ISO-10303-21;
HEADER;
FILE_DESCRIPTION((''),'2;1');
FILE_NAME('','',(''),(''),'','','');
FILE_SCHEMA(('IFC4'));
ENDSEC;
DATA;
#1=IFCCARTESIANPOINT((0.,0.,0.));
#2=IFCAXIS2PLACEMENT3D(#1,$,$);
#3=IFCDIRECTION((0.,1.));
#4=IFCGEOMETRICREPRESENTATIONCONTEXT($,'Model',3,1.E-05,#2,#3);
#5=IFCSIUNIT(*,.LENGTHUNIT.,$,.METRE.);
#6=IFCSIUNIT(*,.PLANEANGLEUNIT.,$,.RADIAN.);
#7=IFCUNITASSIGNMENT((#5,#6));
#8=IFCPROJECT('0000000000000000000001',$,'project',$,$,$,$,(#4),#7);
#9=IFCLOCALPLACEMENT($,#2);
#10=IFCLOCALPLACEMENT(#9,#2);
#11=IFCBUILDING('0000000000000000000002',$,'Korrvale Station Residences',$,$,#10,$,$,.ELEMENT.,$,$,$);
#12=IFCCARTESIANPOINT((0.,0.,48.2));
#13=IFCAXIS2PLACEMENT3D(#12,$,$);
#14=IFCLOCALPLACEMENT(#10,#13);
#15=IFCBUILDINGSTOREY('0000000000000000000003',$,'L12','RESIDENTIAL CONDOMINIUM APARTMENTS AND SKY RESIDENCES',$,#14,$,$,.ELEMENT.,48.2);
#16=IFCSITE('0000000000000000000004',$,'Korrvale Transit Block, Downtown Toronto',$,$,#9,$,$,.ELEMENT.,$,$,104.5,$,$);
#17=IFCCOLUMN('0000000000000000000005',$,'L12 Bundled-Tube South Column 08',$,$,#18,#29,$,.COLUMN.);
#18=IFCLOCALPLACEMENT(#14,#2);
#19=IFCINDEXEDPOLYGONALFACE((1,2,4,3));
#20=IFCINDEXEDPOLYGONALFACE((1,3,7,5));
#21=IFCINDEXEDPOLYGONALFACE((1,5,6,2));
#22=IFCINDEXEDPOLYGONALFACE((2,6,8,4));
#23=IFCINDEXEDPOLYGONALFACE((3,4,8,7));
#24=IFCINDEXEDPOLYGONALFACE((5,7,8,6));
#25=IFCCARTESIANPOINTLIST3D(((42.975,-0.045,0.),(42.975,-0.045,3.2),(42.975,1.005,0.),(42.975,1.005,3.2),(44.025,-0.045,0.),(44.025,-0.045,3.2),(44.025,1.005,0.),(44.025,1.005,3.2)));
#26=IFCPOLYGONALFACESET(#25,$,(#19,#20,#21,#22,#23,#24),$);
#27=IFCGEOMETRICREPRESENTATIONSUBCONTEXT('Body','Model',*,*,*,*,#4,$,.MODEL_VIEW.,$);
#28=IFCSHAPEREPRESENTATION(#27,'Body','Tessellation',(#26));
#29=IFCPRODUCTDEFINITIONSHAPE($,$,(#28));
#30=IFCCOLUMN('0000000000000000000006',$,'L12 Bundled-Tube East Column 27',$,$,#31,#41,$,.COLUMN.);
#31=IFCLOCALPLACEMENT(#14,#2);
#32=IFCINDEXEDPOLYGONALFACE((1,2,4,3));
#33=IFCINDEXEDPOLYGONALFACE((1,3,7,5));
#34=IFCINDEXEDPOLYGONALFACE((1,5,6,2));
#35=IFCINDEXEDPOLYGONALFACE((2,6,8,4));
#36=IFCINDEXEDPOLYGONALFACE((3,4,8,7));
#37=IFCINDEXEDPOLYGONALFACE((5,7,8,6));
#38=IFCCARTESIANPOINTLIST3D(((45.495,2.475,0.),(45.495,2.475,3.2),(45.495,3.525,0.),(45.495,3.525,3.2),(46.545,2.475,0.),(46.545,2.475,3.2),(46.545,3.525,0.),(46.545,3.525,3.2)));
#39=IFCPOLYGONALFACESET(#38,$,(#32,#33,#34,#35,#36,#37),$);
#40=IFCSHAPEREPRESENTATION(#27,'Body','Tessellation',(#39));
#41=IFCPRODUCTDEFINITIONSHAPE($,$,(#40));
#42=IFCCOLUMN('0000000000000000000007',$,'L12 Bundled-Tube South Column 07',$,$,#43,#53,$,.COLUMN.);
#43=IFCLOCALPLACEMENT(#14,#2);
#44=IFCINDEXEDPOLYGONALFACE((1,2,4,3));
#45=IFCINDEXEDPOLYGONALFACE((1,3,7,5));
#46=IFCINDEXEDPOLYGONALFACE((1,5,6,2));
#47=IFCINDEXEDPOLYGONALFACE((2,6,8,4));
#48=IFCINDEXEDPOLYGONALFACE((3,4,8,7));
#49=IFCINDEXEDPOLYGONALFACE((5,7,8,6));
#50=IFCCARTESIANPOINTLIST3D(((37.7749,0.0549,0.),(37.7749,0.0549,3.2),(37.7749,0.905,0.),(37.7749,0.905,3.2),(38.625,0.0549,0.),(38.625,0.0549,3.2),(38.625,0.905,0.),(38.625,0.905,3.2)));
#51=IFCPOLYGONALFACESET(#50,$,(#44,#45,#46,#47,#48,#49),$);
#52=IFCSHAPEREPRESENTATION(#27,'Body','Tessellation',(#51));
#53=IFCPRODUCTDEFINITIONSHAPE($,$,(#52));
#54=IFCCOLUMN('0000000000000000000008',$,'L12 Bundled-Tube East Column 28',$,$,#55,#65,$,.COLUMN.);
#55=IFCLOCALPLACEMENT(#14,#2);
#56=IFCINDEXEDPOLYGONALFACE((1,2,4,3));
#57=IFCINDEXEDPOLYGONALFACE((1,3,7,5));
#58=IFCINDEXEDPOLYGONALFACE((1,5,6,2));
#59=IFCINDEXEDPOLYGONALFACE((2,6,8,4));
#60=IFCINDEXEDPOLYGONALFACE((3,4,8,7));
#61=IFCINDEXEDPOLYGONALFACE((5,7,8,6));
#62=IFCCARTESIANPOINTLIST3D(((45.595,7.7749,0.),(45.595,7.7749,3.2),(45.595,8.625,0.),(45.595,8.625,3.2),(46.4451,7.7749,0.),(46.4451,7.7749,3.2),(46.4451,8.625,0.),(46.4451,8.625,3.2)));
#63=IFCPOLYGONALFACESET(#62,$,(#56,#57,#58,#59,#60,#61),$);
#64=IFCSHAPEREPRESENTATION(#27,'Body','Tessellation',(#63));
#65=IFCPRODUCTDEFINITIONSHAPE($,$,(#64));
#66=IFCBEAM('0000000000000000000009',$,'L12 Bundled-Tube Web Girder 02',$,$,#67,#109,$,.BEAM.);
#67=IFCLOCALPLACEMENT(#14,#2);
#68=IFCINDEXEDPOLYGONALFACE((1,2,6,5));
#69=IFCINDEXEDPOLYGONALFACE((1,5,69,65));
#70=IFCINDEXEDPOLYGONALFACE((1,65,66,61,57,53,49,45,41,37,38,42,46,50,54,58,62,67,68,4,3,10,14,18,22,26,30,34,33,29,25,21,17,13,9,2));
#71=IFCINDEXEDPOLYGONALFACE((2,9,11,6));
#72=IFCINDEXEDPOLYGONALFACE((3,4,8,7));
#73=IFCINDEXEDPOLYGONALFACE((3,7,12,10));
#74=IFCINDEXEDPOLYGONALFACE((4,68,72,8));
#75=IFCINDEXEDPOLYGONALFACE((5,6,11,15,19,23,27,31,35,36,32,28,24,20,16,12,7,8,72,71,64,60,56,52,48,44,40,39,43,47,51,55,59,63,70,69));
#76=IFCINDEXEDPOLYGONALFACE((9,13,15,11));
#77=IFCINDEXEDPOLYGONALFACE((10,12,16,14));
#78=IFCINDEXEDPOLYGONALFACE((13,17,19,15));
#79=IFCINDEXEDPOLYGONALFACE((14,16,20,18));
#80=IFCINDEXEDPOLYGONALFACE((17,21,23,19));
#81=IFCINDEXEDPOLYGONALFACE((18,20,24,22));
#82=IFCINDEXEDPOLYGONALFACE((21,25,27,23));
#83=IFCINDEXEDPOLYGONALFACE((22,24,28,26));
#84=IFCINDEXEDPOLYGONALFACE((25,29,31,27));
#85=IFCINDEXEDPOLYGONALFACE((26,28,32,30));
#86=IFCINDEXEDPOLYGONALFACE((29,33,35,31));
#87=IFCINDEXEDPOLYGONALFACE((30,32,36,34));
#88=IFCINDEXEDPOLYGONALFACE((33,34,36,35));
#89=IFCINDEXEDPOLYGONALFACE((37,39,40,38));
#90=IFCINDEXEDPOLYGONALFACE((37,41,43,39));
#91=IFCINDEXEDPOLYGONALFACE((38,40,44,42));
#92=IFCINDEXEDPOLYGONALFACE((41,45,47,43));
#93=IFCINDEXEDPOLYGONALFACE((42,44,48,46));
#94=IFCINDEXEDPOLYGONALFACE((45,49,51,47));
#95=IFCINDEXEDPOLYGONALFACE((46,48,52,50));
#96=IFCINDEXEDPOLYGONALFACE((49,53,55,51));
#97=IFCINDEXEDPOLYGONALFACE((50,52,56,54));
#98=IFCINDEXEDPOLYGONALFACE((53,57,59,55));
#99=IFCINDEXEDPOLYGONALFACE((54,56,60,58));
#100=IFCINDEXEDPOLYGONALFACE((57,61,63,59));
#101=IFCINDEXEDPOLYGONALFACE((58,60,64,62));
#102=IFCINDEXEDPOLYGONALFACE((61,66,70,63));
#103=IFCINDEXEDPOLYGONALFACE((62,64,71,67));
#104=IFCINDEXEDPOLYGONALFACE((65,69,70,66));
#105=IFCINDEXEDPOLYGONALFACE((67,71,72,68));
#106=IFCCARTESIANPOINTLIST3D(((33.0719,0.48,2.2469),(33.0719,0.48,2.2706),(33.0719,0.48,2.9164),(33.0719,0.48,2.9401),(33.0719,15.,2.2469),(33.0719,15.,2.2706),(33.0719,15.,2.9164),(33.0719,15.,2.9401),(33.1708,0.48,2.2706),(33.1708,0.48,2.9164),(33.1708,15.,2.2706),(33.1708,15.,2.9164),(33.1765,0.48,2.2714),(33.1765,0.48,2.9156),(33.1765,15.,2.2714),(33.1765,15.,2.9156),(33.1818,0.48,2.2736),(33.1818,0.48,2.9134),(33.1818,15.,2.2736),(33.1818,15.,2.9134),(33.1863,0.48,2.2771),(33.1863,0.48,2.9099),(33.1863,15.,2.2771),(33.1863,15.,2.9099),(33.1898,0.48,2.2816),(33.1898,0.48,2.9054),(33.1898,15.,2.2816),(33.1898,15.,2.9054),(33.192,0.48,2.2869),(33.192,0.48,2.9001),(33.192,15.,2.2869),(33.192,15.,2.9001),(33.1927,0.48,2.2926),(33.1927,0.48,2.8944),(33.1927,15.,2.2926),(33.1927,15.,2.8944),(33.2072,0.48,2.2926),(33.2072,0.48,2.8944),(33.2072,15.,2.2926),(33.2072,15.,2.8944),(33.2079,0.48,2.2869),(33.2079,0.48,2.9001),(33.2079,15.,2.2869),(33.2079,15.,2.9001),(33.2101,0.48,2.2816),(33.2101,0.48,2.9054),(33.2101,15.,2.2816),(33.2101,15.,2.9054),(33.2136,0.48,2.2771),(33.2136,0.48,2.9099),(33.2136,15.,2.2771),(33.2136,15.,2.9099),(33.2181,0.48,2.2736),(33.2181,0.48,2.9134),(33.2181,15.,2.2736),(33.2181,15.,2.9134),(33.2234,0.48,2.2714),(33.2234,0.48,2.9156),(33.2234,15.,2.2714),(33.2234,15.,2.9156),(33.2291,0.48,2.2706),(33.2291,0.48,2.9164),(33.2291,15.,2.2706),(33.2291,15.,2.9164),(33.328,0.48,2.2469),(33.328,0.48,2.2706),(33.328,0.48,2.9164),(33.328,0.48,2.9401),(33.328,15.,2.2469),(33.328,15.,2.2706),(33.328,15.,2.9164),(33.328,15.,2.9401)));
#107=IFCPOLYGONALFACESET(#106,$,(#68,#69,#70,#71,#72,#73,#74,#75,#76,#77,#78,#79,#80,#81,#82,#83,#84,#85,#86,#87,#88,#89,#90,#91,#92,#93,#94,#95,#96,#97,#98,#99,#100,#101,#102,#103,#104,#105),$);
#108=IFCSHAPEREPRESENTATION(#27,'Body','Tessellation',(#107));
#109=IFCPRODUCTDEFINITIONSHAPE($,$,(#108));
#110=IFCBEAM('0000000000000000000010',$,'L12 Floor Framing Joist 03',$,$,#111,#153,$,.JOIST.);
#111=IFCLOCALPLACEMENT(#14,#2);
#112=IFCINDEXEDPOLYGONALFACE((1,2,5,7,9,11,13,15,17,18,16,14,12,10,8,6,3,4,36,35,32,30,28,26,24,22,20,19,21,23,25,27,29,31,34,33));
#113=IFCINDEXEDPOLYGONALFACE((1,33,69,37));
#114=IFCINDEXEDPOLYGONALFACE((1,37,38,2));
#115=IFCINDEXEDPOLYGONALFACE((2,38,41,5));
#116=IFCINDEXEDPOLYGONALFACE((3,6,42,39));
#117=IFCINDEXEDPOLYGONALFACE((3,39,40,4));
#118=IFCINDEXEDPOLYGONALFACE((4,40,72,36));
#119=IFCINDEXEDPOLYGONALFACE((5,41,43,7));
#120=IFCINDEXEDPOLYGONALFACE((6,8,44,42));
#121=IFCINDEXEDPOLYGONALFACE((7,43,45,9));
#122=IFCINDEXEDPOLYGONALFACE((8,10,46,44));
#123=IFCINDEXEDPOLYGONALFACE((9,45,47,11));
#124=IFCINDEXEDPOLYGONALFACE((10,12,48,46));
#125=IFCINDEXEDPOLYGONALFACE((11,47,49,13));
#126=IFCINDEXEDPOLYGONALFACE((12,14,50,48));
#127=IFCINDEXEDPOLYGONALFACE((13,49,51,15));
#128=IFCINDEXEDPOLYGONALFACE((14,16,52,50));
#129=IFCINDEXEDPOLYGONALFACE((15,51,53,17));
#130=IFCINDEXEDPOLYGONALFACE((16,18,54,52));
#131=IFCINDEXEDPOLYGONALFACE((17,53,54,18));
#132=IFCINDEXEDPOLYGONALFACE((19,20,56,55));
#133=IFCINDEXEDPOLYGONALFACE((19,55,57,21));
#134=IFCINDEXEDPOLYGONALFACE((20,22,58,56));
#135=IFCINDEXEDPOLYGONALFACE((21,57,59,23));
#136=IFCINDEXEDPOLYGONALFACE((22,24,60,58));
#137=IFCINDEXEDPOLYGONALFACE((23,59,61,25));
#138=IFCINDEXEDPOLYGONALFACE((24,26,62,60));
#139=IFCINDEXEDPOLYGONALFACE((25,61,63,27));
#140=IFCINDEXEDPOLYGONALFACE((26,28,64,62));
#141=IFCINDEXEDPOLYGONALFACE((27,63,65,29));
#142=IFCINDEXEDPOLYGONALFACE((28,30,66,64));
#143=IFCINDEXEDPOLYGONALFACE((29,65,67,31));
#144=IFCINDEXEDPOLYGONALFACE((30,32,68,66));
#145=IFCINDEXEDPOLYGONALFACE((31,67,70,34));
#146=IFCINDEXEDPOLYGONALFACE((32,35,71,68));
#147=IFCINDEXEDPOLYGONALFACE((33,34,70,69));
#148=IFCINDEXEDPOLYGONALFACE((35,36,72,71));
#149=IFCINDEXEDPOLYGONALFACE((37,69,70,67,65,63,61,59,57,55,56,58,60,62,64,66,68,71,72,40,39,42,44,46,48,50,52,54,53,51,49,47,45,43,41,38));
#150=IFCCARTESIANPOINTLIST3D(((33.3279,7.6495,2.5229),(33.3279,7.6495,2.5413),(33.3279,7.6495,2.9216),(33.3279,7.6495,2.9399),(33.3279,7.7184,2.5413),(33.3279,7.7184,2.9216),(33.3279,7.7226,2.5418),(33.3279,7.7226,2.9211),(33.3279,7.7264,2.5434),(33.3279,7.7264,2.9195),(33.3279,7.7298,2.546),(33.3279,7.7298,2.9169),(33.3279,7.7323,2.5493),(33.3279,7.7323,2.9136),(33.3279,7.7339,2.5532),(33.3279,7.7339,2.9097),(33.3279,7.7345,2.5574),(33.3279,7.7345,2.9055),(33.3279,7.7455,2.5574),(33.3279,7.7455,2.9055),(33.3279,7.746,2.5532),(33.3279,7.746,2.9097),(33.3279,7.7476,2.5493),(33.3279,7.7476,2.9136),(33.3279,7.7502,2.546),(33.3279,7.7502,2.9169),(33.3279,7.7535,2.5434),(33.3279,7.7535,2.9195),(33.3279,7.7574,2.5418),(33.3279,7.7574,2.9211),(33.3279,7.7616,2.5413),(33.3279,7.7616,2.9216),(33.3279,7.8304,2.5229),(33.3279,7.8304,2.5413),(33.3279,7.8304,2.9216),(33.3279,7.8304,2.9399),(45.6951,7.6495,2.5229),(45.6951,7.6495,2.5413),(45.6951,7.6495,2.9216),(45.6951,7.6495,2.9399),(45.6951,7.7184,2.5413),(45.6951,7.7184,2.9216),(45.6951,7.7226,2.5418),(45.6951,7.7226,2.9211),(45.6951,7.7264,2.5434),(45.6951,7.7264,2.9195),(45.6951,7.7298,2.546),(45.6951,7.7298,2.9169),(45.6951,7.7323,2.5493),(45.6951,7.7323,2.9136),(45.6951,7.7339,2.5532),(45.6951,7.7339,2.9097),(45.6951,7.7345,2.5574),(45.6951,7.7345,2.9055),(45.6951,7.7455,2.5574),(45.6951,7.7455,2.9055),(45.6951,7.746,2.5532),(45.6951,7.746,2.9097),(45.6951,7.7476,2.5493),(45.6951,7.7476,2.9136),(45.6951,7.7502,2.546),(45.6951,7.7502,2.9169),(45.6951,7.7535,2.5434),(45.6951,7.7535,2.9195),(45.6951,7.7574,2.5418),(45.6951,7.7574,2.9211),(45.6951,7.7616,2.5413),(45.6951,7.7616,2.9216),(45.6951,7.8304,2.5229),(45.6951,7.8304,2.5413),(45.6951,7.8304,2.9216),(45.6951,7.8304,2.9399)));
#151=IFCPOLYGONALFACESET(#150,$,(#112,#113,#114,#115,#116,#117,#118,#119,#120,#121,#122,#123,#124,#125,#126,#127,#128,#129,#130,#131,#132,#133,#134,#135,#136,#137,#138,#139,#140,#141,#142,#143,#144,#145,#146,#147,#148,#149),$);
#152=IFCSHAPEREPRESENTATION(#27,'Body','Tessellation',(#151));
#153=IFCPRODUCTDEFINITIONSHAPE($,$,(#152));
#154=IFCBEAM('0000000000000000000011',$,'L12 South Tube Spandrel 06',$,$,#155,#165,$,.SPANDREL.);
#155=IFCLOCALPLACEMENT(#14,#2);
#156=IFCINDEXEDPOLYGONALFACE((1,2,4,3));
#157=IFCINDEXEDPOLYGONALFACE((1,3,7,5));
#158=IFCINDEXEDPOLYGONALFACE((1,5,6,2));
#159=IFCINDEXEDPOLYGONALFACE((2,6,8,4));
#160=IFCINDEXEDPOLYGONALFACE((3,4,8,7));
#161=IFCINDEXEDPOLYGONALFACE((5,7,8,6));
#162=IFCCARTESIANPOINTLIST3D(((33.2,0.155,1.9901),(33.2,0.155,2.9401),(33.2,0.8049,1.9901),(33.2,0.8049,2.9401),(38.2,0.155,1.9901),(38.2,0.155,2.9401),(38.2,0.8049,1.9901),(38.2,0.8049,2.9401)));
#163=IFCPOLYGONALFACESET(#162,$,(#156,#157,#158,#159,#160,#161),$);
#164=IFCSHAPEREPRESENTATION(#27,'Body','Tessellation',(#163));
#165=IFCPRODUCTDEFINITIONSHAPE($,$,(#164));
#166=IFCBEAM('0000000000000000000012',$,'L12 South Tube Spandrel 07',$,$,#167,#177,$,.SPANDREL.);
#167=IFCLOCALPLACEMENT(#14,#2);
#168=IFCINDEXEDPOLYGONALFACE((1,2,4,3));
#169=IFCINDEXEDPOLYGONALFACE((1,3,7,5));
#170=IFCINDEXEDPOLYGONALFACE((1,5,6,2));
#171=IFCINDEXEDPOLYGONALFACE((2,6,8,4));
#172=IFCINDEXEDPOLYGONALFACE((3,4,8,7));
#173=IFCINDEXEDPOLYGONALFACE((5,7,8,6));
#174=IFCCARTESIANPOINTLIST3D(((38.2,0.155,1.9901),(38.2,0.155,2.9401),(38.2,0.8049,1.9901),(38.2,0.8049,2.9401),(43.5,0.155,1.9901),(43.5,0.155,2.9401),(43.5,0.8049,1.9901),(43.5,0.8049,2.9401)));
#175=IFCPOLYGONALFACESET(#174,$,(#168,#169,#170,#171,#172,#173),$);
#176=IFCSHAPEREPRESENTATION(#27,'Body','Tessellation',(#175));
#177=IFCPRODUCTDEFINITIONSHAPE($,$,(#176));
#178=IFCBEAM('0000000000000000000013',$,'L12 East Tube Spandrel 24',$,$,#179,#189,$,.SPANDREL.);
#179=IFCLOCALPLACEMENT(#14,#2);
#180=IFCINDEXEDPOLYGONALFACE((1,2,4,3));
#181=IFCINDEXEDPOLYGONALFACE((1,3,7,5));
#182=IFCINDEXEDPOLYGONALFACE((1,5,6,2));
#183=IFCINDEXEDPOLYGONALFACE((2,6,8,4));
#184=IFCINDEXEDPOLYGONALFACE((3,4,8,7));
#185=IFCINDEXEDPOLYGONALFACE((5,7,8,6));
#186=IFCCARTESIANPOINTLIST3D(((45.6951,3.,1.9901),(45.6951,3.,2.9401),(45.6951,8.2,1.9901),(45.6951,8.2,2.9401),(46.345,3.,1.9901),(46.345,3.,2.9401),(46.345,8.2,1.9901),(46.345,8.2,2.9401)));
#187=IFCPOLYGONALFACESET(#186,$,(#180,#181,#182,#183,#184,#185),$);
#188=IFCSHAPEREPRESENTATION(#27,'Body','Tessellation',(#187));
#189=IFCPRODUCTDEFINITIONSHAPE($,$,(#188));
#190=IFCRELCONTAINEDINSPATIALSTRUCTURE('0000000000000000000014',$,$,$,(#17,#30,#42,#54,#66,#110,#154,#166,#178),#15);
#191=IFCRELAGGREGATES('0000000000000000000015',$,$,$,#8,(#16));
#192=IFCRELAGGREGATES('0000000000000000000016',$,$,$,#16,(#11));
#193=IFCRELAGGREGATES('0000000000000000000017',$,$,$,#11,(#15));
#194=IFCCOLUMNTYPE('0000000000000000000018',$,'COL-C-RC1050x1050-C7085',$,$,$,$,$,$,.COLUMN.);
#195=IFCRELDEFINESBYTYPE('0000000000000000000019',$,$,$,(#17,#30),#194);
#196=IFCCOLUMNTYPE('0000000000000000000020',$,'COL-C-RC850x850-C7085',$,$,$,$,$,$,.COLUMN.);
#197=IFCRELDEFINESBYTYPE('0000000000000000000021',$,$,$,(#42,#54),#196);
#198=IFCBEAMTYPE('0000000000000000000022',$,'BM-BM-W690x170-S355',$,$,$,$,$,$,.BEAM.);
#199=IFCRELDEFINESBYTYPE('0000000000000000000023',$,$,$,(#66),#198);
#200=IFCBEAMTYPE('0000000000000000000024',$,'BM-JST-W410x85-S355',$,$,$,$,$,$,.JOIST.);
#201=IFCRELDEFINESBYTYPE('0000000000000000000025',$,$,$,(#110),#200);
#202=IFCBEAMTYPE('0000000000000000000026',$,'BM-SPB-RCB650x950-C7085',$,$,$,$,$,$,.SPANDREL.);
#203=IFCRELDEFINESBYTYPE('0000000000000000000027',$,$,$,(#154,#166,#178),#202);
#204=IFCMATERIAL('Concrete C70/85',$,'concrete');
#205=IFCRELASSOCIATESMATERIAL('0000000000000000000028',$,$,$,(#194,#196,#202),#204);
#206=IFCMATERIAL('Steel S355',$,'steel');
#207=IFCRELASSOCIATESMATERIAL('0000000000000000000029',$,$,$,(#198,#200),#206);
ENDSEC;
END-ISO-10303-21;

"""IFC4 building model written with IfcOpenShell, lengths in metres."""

from ifc_helpers import new_model, si_unit, direction, frame, origin, origin_2d, place, context, subcontext, project, spatial, rectangle, i_section, extrude, material, material_profile, profile_set, type_object, element, save


model = new_model("IFC4")

# Units and contexts
model_context = context("Model", 3, precision=1e-05, world=origin(), true_north=direction((0.0, 1.0)))
body_context = subcontext(model_context, "Body", "Model", "MODEL_VIEW")
ifc_project = project(units=[si_unit("LENGTHUNIT", "METRE"), si_unit("PLANEANGLEUNIT", "RADIAN")], contexts=[model_context])

# Site, building, storey
site_placement = place(None, origin())
site = spatial("IfcSite", under=ifc_project, at=site_placement, Name="Korrvale Transit Block, Downtown Toronto", CompositionType="ELEMENT", RefElevation=104.5)
building_placement = place(site_placement, origin())
building = spatial("IfcBuilding", under=site, at=building_placement, Name="Korrvale Station Residences", CompositionType="ELEMENT")
storey_placement = place(building_placement, frame((0.0, 0.0, 48.2)))
storey = spatial("IfcBuildingStorey", under=building, at=storey_placement, Name="L12", Description="RESIDENTIAL CONDOMINIUM APARTMENTS AND SKY RESIDENCES", CompositionType="ELEMENT", Elevation=48.2)

# Columns
ifc_material_1 = material(Name="Concrete C70/85", Category="concrete")
ifc_material_profile_1 = material_profile(ifc_material_1, rectangle(XDim=1.05, YDim=1.05, at=origin_2d()), Name="RC1050x1050")
ifc_profile_set_1 = profile_set([ifc_material_profile_1], Name="Concrete C70/85")
column_type_1 = type_object("IfcColumnType", Name="COL-C-RC1050x1050-C7085", PredefinedType="COLUMN", material=ifc_profile_set_1)
for number, where, z_axis, x_axis, name in (
    (1, (43.5, 0.48, 0.0), (0.0, 0.0, 1.0), (1.0, 0.0, 0.0), "L12 Bundled-Tube South Column 08"),
    (2, (46.02, 3.0, 0.0), (0.0, 0.0, 1.0), (1.0, 0.0, 0.0), "L12 Bundled-Tube East Column 27"),
):
    element("IfcColumn", number, at=place(storey_placement, frame(where, z_axis=z_axis, x_axis=x_axis)), inside=storey, type_object=column_type_1, Name=name, PredefinedType="COLUMN", context=body_context, shape_type="SweptSolid", body=[
        extrude(rectangle(XDim=1.05, YDim=1.05, at=origin_2d()), origin(), (0.0, 0.0, 1.0), 3.2),
    ])
ifc_material_profile_2 = material_profile(ifc_material_1, rectangle(XDim=0.8501, YDim=0.8501, at=origin_2d()), Name="RC850x850")
ifc_profile_set_2 = profile_set([ifc_material_profile_2], Name="Concrete C70/85")
column_type_2 = type_object("IfcColumnType", Name="COL-C-RC850x850-C7085", PredefinedType="COLUMN", material=ifc_profile_set_2)
for number, where, z_axis, x_axis, name in (
    (3, (38.2, 0.48, 0.0), (0.0, 0.0, 1.0), (1.0, 0.0, 0.0), "L12 Bundled-Tube South Column 07"),
    (4, (46.02, 8.2, 0.0), (0.0, 0.0, 1.0), (1.0, 0.0, 0.0), "L12 Bundled-Tube East Column 28"),
):
    element("IfcColumn", number, at=place(storey_placement, frame(where, z_axis=z_axis, x_axis=x_axis)), inside=storey, type_object=column_type_2, Name=name, PredefinedType="COLUMN", context=body_context, shape_type="SweptSolid", body=[
        extrude(rectangle(XDim=0.8501, YDim=0.8501, at=origin_2d()), origin(), (0.0, 0.0, 1.0), 3.2),
    ])

# Beams
ifc_material_2 = material(Name="Steel S355", Category="steel")
ifc_material_profile_3 = material_profile(ifc_material_2, i_section(OverallWidth=0.2561, OverallDepth=0.6931, WebThickness=0.0144, FlangeThickness=0.0237, FilletRadius=0.022, at=origin_2d()), Name="W690x170")
ifc_profile_set_3 = profile_set([ifc_material_profile_3], Name="Steel S355")
beam_type_1 = type_object("IfcBeamType", Name="BM-BM-W690x170-S355", PredefinedType="BEAM", material=ifc_profile_set_3)
beam_1_placement = place(storey_placement, frame((33.2, 0.48, 2.5935), z_axis=(0.0, 1.0, 0.0), x_axis=(-1.0, 0.0, 0.0)))
element("IfcBeam", 5, at=beam_1_placement, inside=storey, type_object=beam_type_1, Name="L12 Bundled-Tube Web Girder 02", PredefinedType="BEAM", context=body_context, shape_type="SweptSolid", body=[
    extrude(i_section(OverallWidth=0.2561, OverallDepth=0.6931, WebThickness=0.0144, FlangeThickness=0.0237, FilletRadius=0.022, at=origin_2d()), origin(), (0.0, 0.0, 1.0), 14.52),
])
ifc_material_profile_4 = material_profile(ifc_material_2, i_section(OverallWidth=0.1809, OverallDepth=0.417, WebThickness=0.011, FlangeThickness=0.0183, FilletRadius=0.0161, at=origin_2d()), Name="W410x85")
ifc_profile_set_4 = profile_set([ifc_material_profile_4], Name="Steel S355")
beam_type_2 = type_object("IfcBeamType", Name="BM-JST-W410x85-S355", PredefinedType="JOIST", material=ifc_profile_set_4)
beam_2_placement = place(storey_placement, frame((33.3279, 7.74, 2.7314), z_axis=(1.0, 0.0, 0.0), x_axis=(0.0, 1.0, 0.0)))
element("IfcBeam", 6, at=beam_2_placement, inside=storey, type_object=beam_type_2, Name="L12 Floor Framing Joist 03", PredefinedType="JOIST", context=body_context, shape_type="SweptSolid", body=[
    extrude(i_section(OverallWidth=0.1809, OverallDepth=0.417, WebThickness=0.011, FlangeThickness=0.0183, FilletRadius=0.0161, at=origin_2d()), origin(), (0.0, 0.0, 1.0), 12.3672),
])
ifc_material_profile_5 = material_profile(ifc_material_1, rectangle(XDim=0.6499, YDim=0.95, at=origin_2d()), Name="RCB650x950")
ifc_profile_set_5 = profile_set([ifc_material_profile_5], Name="Concrete C70/85")
beam_type_3 = type_object("IfcBeamType", Name="BM-SPB-RCB650x950-C7085", PredefinedType="SPANDREL", material=ifc_profile_set_5)
beam_3_placement = place(storey_placement, frame((33.2, 0.48, 2.4651), z_axis=(1.0, 0.0, 0.0), x_axis=(0.0, 1.0, 0.0)))
element("IfcBeam", 7, at=beam_3_placement, inside=storey, type_object=beam_type_3, Name="L12 South Tube Spandrel 06", PredefinedType="SPANDREL", context=body_context, shape_type="SweptSolid", body=[
    extrude(rectangle(XDim=0.6499, YDim=0.95, at=origin_2d()), origin(), (0.0, 0.0, 1.0), 5.0),
])
beam_4_placement = place(storey_placement, frame((38.2, 0.48, 2.4651), z_axis=(1.0, 0.0, 0.0), x_axis=(0.0, 1.0, 0.0)))
element("IfcBeam", 8, at=beam_4_placement, inside=storey, type_object=beam_type_3, Name="L12 South Tube Spandrel 07", PredefinedType="SPANDREL", context=body_context, shape_type="SweptSolid", body=[
    extrude(rectangle(XDim=0.6499, YDim=0.95, at=origin_2d()), origin(), (0.0, 0.0, 1.0), 5.3),
])
beam_5_placement = place(storey_placement, frame((46.02, 3.0, 2.4651), z_axis=(0.0, 1.0, 0.0), x_axis=(-1.0, 0.0, 0.0)))
element("IfcBeam", 9, at=beam_5_placement, inside=storey, type_object=beam_type_3, Name="L12 East Tube Spandrel 24", PredefinedType="SPANDREL", context=body_context, shape_type="SweptSolid", body=[
    extrude(rectangle(XDim=0.6499, YDim=0.95, at=origin_2d()), origin(), (0.0, 0.0, 1.0), 5.2),
])

save(model, "model.ifc")
